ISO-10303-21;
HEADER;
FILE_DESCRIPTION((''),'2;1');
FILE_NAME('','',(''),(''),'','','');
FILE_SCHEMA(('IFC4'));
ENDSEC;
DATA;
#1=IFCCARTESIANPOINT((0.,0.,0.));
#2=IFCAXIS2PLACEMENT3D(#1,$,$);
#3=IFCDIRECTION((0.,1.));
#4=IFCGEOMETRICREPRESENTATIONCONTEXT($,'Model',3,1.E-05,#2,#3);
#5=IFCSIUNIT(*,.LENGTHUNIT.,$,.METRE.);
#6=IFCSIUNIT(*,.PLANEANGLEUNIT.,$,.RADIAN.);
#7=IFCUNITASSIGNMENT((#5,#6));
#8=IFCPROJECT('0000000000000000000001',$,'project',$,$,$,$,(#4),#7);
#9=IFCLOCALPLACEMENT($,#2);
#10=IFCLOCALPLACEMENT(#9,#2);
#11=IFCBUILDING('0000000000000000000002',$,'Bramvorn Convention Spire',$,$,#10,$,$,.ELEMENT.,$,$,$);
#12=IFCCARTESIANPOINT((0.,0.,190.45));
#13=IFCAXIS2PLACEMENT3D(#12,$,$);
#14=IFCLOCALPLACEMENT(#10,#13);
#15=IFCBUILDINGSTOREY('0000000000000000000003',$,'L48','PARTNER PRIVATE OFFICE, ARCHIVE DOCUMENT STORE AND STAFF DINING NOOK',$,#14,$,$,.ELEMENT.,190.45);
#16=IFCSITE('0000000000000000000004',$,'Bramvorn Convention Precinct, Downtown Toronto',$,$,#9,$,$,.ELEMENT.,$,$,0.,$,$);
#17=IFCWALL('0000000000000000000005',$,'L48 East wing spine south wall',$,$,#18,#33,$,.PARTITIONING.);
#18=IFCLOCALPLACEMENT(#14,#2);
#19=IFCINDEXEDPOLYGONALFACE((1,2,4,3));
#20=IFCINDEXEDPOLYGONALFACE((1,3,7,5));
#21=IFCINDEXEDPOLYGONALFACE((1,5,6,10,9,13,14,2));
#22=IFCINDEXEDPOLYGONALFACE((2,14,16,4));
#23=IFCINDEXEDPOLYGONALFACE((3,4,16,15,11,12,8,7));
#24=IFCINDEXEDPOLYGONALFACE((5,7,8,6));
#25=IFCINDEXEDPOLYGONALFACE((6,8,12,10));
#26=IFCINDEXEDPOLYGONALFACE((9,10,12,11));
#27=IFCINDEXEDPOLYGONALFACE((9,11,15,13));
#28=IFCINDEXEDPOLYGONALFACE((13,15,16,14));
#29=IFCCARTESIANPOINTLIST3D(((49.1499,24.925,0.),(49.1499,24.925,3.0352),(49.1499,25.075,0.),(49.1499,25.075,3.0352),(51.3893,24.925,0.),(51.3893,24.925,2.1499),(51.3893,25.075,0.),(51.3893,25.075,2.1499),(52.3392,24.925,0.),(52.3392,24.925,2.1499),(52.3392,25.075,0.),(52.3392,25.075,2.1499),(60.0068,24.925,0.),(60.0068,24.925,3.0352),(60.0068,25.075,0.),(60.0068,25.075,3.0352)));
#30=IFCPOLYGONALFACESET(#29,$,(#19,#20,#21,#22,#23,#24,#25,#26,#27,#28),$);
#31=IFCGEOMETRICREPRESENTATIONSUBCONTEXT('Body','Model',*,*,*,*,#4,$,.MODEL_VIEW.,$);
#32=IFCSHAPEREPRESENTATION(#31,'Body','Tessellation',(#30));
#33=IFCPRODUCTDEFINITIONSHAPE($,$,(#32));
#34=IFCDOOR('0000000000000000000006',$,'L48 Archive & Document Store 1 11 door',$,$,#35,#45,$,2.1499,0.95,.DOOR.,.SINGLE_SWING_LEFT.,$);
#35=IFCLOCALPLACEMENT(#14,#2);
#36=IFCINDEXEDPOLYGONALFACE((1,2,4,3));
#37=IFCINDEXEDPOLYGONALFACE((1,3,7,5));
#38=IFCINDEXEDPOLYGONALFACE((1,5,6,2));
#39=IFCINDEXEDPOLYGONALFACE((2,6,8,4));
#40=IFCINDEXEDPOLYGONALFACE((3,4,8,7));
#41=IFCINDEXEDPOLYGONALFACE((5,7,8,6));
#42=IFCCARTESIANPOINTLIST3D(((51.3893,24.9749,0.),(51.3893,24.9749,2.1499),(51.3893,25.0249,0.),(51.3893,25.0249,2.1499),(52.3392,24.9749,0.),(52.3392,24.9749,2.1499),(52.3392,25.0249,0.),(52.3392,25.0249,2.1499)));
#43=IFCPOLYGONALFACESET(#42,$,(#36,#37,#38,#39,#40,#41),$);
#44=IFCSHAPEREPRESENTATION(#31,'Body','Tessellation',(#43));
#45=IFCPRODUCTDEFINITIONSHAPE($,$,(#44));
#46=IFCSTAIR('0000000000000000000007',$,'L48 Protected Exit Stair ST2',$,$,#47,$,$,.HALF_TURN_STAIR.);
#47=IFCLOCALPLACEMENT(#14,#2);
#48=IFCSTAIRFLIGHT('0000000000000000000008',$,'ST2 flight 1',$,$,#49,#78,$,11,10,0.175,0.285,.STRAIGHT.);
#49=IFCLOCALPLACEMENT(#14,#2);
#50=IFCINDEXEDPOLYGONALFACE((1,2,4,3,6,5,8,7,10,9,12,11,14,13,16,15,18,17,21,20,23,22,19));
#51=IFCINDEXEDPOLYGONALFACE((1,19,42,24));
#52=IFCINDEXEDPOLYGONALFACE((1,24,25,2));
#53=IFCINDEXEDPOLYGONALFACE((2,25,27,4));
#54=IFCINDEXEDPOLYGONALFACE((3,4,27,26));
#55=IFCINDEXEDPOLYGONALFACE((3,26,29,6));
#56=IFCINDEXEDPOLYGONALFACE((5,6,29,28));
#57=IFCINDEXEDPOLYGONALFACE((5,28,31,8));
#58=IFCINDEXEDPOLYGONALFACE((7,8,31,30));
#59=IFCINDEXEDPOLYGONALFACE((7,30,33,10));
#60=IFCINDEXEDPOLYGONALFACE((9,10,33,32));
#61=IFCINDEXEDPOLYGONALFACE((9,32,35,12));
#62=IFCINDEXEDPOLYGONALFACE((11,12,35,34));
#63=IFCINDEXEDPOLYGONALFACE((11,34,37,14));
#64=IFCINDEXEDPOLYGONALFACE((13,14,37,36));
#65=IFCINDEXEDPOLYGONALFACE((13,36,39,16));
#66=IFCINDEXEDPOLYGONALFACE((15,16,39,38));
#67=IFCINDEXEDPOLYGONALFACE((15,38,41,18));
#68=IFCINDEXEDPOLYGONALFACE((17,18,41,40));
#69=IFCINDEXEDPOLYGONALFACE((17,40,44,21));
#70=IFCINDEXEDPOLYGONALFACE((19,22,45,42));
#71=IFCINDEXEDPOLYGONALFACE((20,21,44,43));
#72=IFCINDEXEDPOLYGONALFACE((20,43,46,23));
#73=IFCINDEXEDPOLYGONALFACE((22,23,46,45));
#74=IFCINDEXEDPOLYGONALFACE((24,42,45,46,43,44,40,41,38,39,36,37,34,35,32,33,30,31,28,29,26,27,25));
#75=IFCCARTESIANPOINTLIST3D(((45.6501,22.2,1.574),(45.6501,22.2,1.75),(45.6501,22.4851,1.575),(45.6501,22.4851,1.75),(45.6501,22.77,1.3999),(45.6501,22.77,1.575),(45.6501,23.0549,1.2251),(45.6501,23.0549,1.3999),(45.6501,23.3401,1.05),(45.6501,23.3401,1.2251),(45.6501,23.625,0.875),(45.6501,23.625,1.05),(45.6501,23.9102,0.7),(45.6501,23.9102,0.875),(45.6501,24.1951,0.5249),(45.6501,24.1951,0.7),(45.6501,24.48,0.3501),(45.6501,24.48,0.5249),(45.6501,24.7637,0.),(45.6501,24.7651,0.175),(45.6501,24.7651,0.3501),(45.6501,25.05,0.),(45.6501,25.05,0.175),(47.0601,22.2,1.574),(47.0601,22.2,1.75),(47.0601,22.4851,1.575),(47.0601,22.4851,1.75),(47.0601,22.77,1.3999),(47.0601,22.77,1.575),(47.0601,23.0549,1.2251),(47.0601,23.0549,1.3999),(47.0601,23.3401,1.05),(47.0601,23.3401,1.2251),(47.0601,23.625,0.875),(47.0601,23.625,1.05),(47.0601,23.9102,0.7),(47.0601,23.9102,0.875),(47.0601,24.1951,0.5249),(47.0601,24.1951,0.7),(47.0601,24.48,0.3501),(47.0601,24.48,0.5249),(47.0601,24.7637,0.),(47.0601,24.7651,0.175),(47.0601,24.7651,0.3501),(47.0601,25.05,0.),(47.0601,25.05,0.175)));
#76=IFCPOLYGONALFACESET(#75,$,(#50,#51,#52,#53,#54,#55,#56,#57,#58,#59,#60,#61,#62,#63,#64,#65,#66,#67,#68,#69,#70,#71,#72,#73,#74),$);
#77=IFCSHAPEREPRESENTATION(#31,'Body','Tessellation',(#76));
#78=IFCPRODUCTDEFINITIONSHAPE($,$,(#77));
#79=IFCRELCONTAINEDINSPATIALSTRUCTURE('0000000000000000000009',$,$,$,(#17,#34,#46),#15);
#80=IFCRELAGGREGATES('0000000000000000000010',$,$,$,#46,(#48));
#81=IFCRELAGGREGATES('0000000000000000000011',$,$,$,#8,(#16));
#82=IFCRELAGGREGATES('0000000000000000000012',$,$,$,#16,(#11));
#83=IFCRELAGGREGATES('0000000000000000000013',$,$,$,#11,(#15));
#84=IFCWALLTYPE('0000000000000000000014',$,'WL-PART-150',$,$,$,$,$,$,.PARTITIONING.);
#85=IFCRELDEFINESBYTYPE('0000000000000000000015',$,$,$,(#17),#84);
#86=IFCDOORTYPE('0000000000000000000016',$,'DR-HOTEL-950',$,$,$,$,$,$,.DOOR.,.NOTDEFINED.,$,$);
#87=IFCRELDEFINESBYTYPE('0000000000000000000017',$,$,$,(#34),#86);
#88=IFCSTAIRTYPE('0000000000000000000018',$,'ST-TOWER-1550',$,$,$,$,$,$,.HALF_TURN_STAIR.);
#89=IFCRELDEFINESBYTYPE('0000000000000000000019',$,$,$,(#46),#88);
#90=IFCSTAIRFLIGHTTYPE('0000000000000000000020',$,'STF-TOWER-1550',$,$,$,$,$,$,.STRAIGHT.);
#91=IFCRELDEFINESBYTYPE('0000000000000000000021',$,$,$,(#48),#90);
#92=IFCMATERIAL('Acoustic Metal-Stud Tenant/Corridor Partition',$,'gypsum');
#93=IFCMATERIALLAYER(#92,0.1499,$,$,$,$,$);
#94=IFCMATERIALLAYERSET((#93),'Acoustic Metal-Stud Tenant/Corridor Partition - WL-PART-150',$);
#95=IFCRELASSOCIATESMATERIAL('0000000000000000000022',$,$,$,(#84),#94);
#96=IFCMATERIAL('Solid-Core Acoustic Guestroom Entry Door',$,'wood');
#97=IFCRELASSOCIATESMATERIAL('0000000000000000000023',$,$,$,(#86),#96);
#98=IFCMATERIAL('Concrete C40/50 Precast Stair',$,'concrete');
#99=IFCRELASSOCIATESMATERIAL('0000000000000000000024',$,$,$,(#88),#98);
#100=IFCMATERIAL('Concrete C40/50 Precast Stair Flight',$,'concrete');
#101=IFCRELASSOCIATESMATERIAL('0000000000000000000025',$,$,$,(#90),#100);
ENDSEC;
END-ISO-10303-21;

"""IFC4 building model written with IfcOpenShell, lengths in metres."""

from ifc_helpers import new_model, si_unit, direction, frame, frame_2d, origin, place, context, subcontext, project, spatial, polyline, rectangle, outline, extrude, material, layer, layer_set, type_object, element, fill, aggregate, save


model = new_model("IFC4")

# Units and contexts
model_context = context("Model", 3, precision=1e-05, world=origin(), true_north=direction((0.0, 1.0)))
body_context = subcontext(model_context, "Body", "Model", "MODEL_VIEW")
ifc_project = project(units=[si_unit("LENGTHUNIT", "METRE"), si_unit("PLANEANGLEUNIT", "RADIAN")], contexts=[model_context])

# Site, building, storey
site_placement = place(None, origin())
site = spatial("IfcSite", under=ifc_project, at=site_placement, Name="Bramvorn Convention Precinct, Downtown Toronto", CompositionType="ELEMENT", RefElevation=0.0)
building_placement = place(site_placement, origin())
building = spatial("IfcBuilding", under=site, at=building_placement, Name="Bramvorn Convention Spire", CompositionType="ELEMENT")
storey_placement = place(building_placement, frame((0.0, 0.0, 190.45)))
storey = spatial("IfcBuildingStorey", under=building, at=storey_placement, Name="L48", Description="PARTNER PRIVATE OFFICE, ARCHIVE DOCUMENT STORE AND STAFF DINING NOOK", CompositionType="ELEMENT", Elevation=190.45)

# Shared definitions
ifc_material_1 = material(Name="Acoustic Metal-Stud Tenant/Corridor Partition", Category="gypsum")
ifc_layer_1 = layer(ifc_material_1, 0.1499)
ifc_layer_set_1 = layer_set([ifc_layer_1], Name="Acoustic Metal-Stud Tenant/Corridor Partition - WL-PART-150")
wall_type_1 = type_object("IfcWallType", Name="WL-PART-150", PredefinedType="PARTITIONING", material=ifc_layer_set_1)

# Wall, opening, door
wall_1_placement = place(storey_placement, frame((49.1499, 25.0, 0.0), z_axis=(0.0, 0.0, 1.0), x_axis=(1.0, 0.0, 0.0)))
wall_1 = element("IfcWall", 1, at=wall_1_placement, inside=storey, type_object=wall_type_1, Name="L48 East wing spine south wall", PredefinedType="PARTITIONING", context=body_context, shape_type="SweptSolid", body=[
    extrude(rectangle(XDim=10.8569, YDim=0.1499, at=frame_2d((5.4285, 0.0))), origin(), (0.0, 0.0, 1.0), 3.0352),
])
opening_1_placement = place(wall_1_placement, frame((2.2393, 0.0, 0.0)))
opening_1 = element("IfcOpeningElement", 2, at=opening_1_placement, cuts=wall_1, PredefinedType="OPENING", context=body_context, shape_type="SweptSolid", body=[
    extrude(rectangle(XDim=0.95, YDim=2.1499, at=frame_2d((0.4751, 1.075))), frame((0.0, 0.085, 0.0), z_axis=(0.0, -1.0, 0.0), x_axis=(1.0, 0.0, 0.0)), (0.0, 0.0, 1.0), 0.1699),
])
ifc_material_2 = material(Name="Solid-Core Acoustic Guestroom Entry Door", Category="wood")
door_type_1 = type_object("IfcDoorType", Name="DR-HOTEL-950", OperationType="NOTDEFINED", PredefinedType="DOOR", material=ifc_material_2)
door_1_placement = place(opening_1_placement, origin())
door_1 = element("IfcDoor", 3, at=door_1_placement, inside=storey, type_object=door_type_1, Name="L48 Archive & Document Store 1 11 door", OperationType="SINGLE_SWING_LEFT", OverallHeight=2.1499, OverallWidth=0.95, PredefinedType="DOOR", context=body_context, shape_type="SweptSolid", body=[
    extrude(rectangle(XDim=0.95, YDim=2.1499, at=frame_2d((0.4751, 1.075))), frame((0.0, 0.0249, 0.0), z_axis=(0.0, -1.0, 0.0), x_axis=(1.0, 0.0, 0.0)), (0.0, 0.0, 1.0), 0.05),
])
fill(opening_1, door_1)

# Stair, stair flight
ifc_material_3 = material(Name="Concrete C40/50 Precast Stair", Category="concrete")
stair_type = type_object("IfcStairType", Name="ST-TOWER-1550", PredefinedType="HALF_TURN_STAIR", material=ifc_material_3)
stair_placement = place(storey_placement, origin())
stair = element("IfcStair", 4, at=stair_placement, inside=storey, type_object=stair_type, Name="L48 Protected Exit Stair ST2", PredefinedType="HALF_TURN_STAIR")
ifc_material_4 = material(Name="Concrete C40/50 Precast Stair Flight", Category="concrete")
stair_flight_type = type_object("IfcStairFlightType", Name="STF-TOWER-1550", PredefinedType="STRAIGHT", material=ifc_material_4)
stair_flight_placement = place(storey_placement, frame((46.355, 25.05, 0.0), z_axis=(0.0, 0.0, 1.0), x_axis=(0.0, -1.0, 0.0)))
stair_flight = element("IfcStairFlight", 5, at=stair_flight_placement, type_object=stair_flight_type, Name="ST2 flight 1", NumberOfRisers=11, NumberOfTreads=10, PredefinedType="STRAIGHT", RiserHeight=0.175, TreadLength=0.285, context=body_context, shape_type="SweptSolid", body=[
    extrude(outline(polyline([(0.0, 0.0), (0.0, 0.175), (0.2849, 0.175), (0.2849, 0.3501), (0.5701, 0.3501), (0.5701, 0.5249), (0.855, 0.5249), (0.855, 0.7), (1.1399, 0.7), (1.1399, 0.875), (1.425, 0.875), (1.425, 1.05), (1.71, 1.05), (1.71, 1.2251), (1.9951, 1.2251), (1.9951, 1.3999), (2.28, 1.3999), (2.28, 1.575), (2.5649, 1.575), (2.5649, 1.75), (2.8501, 1.75), (2.8501, 1.925), (2.8501, 1.574), (0.2864, 0.0), (0.0, 0.0)])), frame((0.0, 0.7051, 0.0), z_axis=(0.0, -1.0, 0.0), x_axis=(1.0, 0.0, 0.0)), (0.0, 0.0, 1.0), 1.4099),
])
aggregate(stair, [stair_flight])

save(model, "model.ifc")
